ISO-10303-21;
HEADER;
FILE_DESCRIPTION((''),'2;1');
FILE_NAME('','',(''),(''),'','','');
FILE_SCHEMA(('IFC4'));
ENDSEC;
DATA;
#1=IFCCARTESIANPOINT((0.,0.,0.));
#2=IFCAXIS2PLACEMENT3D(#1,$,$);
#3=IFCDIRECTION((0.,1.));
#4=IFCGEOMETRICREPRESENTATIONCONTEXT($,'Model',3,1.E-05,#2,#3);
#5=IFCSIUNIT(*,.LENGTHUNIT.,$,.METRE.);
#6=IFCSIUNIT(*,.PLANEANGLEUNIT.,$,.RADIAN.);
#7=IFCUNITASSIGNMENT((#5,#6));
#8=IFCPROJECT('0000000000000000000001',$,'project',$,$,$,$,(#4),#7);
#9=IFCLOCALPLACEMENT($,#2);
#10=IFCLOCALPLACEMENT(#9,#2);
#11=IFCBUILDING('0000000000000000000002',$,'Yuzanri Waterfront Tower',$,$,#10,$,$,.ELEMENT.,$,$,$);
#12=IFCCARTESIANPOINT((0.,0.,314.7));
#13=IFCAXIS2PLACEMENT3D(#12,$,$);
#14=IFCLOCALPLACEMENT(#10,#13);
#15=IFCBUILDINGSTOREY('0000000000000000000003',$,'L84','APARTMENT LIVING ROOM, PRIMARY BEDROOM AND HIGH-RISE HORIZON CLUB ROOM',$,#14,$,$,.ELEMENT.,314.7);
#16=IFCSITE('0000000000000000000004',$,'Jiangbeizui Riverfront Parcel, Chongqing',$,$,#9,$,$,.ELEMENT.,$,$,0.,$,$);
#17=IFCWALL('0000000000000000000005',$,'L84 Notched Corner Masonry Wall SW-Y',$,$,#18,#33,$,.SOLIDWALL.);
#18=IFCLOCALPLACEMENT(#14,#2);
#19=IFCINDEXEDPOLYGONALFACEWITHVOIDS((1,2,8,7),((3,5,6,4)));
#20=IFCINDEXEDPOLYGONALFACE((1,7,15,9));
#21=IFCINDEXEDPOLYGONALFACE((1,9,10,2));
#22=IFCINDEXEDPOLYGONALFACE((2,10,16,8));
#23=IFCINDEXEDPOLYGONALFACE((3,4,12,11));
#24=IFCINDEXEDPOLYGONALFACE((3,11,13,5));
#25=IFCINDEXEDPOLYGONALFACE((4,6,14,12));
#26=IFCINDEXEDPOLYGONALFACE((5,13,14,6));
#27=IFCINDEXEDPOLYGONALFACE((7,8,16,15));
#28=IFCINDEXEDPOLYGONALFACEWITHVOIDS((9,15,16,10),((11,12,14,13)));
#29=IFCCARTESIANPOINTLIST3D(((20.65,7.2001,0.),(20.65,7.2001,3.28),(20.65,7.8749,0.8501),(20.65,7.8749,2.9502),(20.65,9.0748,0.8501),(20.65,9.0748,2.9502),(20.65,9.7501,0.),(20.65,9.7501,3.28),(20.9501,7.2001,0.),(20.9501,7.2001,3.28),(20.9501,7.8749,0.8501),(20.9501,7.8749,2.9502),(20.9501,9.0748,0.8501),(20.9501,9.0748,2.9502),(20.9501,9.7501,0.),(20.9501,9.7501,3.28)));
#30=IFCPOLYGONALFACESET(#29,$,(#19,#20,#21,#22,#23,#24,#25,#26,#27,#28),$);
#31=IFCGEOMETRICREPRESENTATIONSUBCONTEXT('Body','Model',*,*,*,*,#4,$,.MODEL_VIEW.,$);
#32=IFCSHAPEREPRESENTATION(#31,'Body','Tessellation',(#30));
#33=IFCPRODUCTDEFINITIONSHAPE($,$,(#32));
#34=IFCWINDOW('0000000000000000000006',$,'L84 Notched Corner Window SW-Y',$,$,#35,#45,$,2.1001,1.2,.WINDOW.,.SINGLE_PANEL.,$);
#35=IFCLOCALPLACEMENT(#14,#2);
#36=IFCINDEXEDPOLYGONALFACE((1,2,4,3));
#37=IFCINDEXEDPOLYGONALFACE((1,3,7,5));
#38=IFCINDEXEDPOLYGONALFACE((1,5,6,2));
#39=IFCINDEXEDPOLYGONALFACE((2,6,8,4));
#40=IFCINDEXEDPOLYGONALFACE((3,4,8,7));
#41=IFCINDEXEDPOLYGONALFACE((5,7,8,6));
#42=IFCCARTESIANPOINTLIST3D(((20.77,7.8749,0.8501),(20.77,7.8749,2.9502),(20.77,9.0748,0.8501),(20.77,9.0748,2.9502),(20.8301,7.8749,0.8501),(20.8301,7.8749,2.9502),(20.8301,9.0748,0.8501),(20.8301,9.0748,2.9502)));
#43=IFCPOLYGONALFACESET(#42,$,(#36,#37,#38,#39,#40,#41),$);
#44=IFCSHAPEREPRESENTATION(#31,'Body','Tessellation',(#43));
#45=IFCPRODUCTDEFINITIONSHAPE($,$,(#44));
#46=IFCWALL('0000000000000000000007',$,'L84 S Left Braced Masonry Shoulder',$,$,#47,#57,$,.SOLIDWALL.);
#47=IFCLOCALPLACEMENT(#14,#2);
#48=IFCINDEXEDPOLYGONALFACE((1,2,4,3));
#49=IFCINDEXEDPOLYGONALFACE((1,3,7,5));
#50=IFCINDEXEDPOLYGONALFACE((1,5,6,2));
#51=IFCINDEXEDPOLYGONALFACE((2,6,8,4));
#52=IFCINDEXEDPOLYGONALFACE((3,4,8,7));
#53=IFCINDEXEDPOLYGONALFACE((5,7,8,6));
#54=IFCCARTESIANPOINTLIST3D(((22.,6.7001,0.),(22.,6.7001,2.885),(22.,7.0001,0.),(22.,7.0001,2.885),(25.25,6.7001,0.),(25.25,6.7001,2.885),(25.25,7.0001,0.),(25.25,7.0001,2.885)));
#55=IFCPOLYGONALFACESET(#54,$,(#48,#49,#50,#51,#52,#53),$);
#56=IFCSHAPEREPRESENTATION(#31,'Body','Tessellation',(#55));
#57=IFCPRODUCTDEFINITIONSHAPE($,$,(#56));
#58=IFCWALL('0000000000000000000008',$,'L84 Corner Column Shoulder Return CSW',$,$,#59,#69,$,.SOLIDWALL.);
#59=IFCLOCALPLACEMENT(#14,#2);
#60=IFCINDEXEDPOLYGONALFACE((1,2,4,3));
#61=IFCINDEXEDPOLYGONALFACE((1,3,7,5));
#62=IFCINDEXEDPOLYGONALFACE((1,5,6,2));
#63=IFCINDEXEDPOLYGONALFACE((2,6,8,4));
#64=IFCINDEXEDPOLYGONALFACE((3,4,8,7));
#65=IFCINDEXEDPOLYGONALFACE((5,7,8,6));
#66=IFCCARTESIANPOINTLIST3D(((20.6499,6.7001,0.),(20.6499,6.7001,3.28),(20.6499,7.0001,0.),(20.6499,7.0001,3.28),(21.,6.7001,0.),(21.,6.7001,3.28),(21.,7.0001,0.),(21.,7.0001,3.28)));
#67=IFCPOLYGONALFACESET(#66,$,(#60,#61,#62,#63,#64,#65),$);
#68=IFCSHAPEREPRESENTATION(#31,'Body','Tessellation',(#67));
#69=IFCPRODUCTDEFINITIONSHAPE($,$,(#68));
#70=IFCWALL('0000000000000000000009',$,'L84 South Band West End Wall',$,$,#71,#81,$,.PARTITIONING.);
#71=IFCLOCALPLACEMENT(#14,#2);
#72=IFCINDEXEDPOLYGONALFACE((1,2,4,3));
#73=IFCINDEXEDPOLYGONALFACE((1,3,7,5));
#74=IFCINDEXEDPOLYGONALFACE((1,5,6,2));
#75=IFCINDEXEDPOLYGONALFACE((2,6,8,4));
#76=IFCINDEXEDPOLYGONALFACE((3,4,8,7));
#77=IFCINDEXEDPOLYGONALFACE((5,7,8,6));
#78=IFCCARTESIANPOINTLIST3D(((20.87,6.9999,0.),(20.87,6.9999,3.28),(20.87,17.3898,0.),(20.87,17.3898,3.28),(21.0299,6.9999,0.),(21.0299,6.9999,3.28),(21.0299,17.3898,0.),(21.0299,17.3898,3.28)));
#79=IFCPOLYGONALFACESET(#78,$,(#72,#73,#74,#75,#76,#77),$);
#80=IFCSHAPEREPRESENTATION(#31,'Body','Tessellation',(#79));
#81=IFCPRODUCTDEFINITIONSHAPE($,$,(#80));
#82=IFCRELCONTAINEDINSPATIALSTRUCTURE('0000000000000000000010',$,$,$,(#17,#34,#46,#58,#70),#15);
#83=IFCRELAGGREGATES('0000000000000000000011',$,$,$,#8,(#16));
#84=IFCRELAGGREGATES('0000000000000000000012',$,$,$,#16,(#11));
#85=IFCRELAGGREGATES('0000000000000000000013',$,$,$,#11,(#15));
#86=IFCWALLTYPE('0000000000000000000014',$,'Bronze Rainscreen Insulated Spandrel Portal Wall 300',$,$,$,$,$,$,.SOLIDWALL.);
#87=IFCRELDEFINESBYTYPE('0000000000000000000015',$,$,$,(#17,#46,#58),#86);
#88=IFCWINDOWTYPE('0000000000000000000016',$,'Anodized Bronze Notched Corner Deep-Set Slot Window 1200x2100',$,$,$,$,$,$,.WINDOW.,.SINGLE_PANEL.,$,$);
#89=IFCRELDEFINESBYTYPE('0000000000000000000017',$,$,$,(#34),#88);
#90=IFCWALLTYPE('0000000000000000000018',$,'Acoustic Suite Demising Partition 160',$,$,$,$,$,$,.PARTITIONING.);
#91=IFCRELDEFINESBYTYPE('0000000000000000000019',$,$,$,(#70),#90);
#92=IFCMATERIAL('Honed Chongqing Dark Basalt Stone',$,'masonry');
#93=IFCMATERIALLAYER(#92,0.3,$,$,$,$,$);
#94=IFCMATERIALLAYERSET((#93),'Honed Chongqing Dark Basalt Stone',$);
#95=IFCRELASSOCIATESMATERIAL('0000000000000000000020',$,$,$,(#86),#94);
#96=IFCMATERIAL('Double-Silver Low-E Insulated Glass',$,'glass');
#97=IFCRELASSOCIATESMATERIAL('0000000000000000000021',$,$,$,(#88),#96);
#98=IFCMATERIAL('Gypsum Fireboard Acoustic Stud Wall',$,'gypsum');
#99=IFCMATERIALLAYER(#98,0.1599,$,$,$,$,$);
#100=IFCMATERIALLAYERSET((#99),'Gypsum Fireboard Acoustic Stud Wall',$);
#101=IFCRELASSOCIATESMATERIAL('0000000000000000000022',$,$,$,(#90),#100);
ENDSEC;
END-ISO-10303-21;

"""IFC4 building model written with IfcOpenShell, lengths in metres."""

from ifc_helpers import new_model, si_unit, direction, frame, frame_2d, origin, place, context, subcontext, project, spatial, rectangle, extrude, source, transform, mapped, material, layer, layer_set, type_object, element, fill, save


model = new_model("IFC4")

# Units and contexts
model_context = context("Model", 3, precision=1e-05, world=origin(), true_north=direction((0.0, 1.0)))
body_context = subcontext(model_context, "Body", "Model", "MODEL_VIEW")
ifc_project = project(units=[si_unit("LENGTHUNIT", "METRE"), si_unit("PLANEANGLEUNIT", "RADIAN")], contexts=[model_context])

# Site, building, storey
site_placement = place(None, origin())
site = spatial("IfcSite", under=ifc_project, at=site_placement, Name="Jiangbeizui Riverfront Parcel, Chongqing", CompositionType="ELEMENT", RefElevation=0.0)
building_placement = place(site_placement, origin())
building = spatial("IfcBuilding", under=site, at=building_placement, Name="Yuzanri Waterfront Tower", CompositionType="ELEMENT")
storey_placement = place(building_placement, frame((0.0, 0.0, 314.7)))
storey = spatial("IfcBuildingStorey", under=building, at=storey_placement, Name="L84", Description="APARTMENT LIVING ROOM, PRIMARY BEDROOM AND HIGH-RISE HORIZON CLUB ROOM", CompositionType="ELEMENT", Elevation=314.7)

# Wall, opening, window
ifc_material_1 = material(Name="Honed Chongqing Dark Basalt Stone", Category="masonry")
ifc_layer_1 = layer(ifc_material_1, 0.3)
ifc_layer_set_1 = layer_set([ifc_layer_1], Name="Honed Chongqing Dark Basalt Stone")
wall_type_1 = type_object("IfcWallType", Name="Bronze Rainscreen Insulated Spandrel Portal Wall 300", PredefinedType="SOLIDWALL", material=ifc_layer_set_1)
wall_1_placement = place(storey_placement, frame((20.8, 9.75, 0.0), z_axis=(0.0, 0.0, 1.0), x_axis=(0.0, -1.0, 0.0)))
wall_1 = element("IfcWall", 1, at=wall_1_placement, inside=storey, type_object=wall_type_1, Name="L84 Notched Corner Masonry Wall SW-Y", PredefinedType="SOLIDWALL", context=body_context, shape_type="SweptSolid", body=[
    extrude(rectangle(XDim=2.55, YDim=0.3, at=frame_2d((1.2749, 0.0))), origin(), (0.0, 0.0, 1.0), 3.28),
])
opening_1_placement = place(wall_1_placement, frame((0.675, 0.0, 0.8501)))
opening_1 = element("IfcOpeningElement", 2, at=opening_1_placement, cuts=wall_1, PredefinedType="OPENING", context=body_context, shape_type="SweptSolid", body=[
    extrude(rectangle(XDim=1.2, YDim=2.1001, at=frame_2d((0.6001, 1.05))), frame((0.0, 0.165, 0.0), z_axis=(0.0, -1.0, 0.0), x_axis=(1.0, 0.0, 0.0)), (0.0, 0.0, 1.0), 0.3298),
])
ifc_material_2 = material(Name="Double-Silver Low-E Insulated Glass", Category="glass")
window_type_1 = type_object("IfcWindowType", Name="Anodized Bronze Notched Corner Deep-Set Slot Window 1200x2100", PartitioningType="SINGLE_PANEL", PredefinedType="WINDOW", material=ifc_material_2)
shared_shape_1 = source(origin(), body_context, "Body", "SweptSolid", [
    extrude(rectangle(XDim=1.2, YDim=2.1001, at=frame_2d((0.6001, 1.05))), frame((0.0, 0.03, 0.0), z_axis=(0.0, -1.0, 0.0), x_axis=(1.0, 0.0, 0.0)), (0.0, 0.0, 1.0), 0.0601),
])
window_1_placement = place(opening_1_placement, origin())
window_1 = element("IfcWindow", 3, at=window_1_placement, inside=storey, type_object=window_type_1, Name="L84 Notched Corner Window SW-Y", OverallHeight=2.1001, OverallWidth=1.2, PartitioningType="SINGLE_PANEL", PredefinedType="WINDOW", context=body_context, shape_type="MappedRepresentation", body=[
    mapped(shared_shape_1, transform((0.0, 0.0, 0.0), scale=1.0)),
])
fill(opening_1, window_1)

# Walls
shared_shape_2 = source(origin(), body_context, "Body", "SweptSolid", [
    extrude(rectangle(XDim=3.25, YDim=0.3, at=frame_2d((1.625, 0.0))), origin(), (0.0, 0.0, 1.0), 2.885),
])
wall_2_placement = place(storey_placement, frame((22.0, 6.8501, 0.0), z_axis=(0.0, 0.0, 1.0), x_axis=(1.0, 0.0, 0.0)))
element("IfcWall", 4, at=wall_2_placement, inside=storey, type_object=wall_type_1, Name="L84 S Left Braced Masonry Shoulder", PredefinedType="SOLIDWALL", context=body_context, shape_type="MappedRepresentation", body=[
    mapped(shared_shape_2, transform((0.0, 0.0, 0.0), scale=1.0)),
])
shared_shape_3 = source(origin(), body_context, "Body", "SweptSolid", [
    extrude(rectangle(XDim=0.3501, YDim=0.3, at=frame_2d((0.175, 0.0))), origin(), (0.0, 0.0, 1.0), 3.28),
])
wall_3_placement = place(storey_placement, frame((20.6499, 6.8501, 0.0), z_axis=(0.0, 0.0, 1.0), x_axis=(1.0, 0.0, 0.0)))
element("IfcWall", 5, at=wall_3_placement, inside=storey, type_object=wall_type_1, Name="L84 Corner Column Shoulder Return CSW", PredefinedType="SOLIDWALL", context=body_context, shape_type="MappedRepresentation", body=[
    mapped(shared_shape_3, transform((0.0, 0.0, 0.0), scale=1.0)),
])
ifc_material_3 = material(Name="Gypsum Fireboard Acoustic Stud Wall", Category="gypsum")
ifc_layer_2 = layer(ifc_material_3, 0.1599)
ifc_layer_set_2 = layer_set([ifc_layer_2], Name="Gypsum Fireboard Acoustic Stud Wall")
wall_type_2 = type_object("IfcWallType", Name="Acoustic Suite Demising Partition 160", PredefinedType="PARTITIONING", material=ifc_layer_set_2)
shared_shape_4 = source(origin(), body_context, "Body", "SweptSolid", [
    extrude(rectangle(XDim=10.3899, YDim=0.1599, at=frame_2d((5.1948, 0.0))), origin(), (0.0, 0.0, 1.0), 3.28),
])
wall_4_placement = place(storey_placement, frame((20.95, 7.0, 0.0), z_axis=(0.0, 0.0, 1.0), x_axis=(0.0, 1.0, 0.0)))
element("IfcWall", 6, at=wall_4_placement, inside=storey, type_object=wall_type_2, Name="L84 South Band West End Wall", PredefinedType="PARTITIONING", context=body_context, shape_type="MappedRepresentation", body=[
    mapped(shared_shape_4, transform((0.0, 0.0, 0.0), scale=1.0)),
])

save(model, "model.ifc")
